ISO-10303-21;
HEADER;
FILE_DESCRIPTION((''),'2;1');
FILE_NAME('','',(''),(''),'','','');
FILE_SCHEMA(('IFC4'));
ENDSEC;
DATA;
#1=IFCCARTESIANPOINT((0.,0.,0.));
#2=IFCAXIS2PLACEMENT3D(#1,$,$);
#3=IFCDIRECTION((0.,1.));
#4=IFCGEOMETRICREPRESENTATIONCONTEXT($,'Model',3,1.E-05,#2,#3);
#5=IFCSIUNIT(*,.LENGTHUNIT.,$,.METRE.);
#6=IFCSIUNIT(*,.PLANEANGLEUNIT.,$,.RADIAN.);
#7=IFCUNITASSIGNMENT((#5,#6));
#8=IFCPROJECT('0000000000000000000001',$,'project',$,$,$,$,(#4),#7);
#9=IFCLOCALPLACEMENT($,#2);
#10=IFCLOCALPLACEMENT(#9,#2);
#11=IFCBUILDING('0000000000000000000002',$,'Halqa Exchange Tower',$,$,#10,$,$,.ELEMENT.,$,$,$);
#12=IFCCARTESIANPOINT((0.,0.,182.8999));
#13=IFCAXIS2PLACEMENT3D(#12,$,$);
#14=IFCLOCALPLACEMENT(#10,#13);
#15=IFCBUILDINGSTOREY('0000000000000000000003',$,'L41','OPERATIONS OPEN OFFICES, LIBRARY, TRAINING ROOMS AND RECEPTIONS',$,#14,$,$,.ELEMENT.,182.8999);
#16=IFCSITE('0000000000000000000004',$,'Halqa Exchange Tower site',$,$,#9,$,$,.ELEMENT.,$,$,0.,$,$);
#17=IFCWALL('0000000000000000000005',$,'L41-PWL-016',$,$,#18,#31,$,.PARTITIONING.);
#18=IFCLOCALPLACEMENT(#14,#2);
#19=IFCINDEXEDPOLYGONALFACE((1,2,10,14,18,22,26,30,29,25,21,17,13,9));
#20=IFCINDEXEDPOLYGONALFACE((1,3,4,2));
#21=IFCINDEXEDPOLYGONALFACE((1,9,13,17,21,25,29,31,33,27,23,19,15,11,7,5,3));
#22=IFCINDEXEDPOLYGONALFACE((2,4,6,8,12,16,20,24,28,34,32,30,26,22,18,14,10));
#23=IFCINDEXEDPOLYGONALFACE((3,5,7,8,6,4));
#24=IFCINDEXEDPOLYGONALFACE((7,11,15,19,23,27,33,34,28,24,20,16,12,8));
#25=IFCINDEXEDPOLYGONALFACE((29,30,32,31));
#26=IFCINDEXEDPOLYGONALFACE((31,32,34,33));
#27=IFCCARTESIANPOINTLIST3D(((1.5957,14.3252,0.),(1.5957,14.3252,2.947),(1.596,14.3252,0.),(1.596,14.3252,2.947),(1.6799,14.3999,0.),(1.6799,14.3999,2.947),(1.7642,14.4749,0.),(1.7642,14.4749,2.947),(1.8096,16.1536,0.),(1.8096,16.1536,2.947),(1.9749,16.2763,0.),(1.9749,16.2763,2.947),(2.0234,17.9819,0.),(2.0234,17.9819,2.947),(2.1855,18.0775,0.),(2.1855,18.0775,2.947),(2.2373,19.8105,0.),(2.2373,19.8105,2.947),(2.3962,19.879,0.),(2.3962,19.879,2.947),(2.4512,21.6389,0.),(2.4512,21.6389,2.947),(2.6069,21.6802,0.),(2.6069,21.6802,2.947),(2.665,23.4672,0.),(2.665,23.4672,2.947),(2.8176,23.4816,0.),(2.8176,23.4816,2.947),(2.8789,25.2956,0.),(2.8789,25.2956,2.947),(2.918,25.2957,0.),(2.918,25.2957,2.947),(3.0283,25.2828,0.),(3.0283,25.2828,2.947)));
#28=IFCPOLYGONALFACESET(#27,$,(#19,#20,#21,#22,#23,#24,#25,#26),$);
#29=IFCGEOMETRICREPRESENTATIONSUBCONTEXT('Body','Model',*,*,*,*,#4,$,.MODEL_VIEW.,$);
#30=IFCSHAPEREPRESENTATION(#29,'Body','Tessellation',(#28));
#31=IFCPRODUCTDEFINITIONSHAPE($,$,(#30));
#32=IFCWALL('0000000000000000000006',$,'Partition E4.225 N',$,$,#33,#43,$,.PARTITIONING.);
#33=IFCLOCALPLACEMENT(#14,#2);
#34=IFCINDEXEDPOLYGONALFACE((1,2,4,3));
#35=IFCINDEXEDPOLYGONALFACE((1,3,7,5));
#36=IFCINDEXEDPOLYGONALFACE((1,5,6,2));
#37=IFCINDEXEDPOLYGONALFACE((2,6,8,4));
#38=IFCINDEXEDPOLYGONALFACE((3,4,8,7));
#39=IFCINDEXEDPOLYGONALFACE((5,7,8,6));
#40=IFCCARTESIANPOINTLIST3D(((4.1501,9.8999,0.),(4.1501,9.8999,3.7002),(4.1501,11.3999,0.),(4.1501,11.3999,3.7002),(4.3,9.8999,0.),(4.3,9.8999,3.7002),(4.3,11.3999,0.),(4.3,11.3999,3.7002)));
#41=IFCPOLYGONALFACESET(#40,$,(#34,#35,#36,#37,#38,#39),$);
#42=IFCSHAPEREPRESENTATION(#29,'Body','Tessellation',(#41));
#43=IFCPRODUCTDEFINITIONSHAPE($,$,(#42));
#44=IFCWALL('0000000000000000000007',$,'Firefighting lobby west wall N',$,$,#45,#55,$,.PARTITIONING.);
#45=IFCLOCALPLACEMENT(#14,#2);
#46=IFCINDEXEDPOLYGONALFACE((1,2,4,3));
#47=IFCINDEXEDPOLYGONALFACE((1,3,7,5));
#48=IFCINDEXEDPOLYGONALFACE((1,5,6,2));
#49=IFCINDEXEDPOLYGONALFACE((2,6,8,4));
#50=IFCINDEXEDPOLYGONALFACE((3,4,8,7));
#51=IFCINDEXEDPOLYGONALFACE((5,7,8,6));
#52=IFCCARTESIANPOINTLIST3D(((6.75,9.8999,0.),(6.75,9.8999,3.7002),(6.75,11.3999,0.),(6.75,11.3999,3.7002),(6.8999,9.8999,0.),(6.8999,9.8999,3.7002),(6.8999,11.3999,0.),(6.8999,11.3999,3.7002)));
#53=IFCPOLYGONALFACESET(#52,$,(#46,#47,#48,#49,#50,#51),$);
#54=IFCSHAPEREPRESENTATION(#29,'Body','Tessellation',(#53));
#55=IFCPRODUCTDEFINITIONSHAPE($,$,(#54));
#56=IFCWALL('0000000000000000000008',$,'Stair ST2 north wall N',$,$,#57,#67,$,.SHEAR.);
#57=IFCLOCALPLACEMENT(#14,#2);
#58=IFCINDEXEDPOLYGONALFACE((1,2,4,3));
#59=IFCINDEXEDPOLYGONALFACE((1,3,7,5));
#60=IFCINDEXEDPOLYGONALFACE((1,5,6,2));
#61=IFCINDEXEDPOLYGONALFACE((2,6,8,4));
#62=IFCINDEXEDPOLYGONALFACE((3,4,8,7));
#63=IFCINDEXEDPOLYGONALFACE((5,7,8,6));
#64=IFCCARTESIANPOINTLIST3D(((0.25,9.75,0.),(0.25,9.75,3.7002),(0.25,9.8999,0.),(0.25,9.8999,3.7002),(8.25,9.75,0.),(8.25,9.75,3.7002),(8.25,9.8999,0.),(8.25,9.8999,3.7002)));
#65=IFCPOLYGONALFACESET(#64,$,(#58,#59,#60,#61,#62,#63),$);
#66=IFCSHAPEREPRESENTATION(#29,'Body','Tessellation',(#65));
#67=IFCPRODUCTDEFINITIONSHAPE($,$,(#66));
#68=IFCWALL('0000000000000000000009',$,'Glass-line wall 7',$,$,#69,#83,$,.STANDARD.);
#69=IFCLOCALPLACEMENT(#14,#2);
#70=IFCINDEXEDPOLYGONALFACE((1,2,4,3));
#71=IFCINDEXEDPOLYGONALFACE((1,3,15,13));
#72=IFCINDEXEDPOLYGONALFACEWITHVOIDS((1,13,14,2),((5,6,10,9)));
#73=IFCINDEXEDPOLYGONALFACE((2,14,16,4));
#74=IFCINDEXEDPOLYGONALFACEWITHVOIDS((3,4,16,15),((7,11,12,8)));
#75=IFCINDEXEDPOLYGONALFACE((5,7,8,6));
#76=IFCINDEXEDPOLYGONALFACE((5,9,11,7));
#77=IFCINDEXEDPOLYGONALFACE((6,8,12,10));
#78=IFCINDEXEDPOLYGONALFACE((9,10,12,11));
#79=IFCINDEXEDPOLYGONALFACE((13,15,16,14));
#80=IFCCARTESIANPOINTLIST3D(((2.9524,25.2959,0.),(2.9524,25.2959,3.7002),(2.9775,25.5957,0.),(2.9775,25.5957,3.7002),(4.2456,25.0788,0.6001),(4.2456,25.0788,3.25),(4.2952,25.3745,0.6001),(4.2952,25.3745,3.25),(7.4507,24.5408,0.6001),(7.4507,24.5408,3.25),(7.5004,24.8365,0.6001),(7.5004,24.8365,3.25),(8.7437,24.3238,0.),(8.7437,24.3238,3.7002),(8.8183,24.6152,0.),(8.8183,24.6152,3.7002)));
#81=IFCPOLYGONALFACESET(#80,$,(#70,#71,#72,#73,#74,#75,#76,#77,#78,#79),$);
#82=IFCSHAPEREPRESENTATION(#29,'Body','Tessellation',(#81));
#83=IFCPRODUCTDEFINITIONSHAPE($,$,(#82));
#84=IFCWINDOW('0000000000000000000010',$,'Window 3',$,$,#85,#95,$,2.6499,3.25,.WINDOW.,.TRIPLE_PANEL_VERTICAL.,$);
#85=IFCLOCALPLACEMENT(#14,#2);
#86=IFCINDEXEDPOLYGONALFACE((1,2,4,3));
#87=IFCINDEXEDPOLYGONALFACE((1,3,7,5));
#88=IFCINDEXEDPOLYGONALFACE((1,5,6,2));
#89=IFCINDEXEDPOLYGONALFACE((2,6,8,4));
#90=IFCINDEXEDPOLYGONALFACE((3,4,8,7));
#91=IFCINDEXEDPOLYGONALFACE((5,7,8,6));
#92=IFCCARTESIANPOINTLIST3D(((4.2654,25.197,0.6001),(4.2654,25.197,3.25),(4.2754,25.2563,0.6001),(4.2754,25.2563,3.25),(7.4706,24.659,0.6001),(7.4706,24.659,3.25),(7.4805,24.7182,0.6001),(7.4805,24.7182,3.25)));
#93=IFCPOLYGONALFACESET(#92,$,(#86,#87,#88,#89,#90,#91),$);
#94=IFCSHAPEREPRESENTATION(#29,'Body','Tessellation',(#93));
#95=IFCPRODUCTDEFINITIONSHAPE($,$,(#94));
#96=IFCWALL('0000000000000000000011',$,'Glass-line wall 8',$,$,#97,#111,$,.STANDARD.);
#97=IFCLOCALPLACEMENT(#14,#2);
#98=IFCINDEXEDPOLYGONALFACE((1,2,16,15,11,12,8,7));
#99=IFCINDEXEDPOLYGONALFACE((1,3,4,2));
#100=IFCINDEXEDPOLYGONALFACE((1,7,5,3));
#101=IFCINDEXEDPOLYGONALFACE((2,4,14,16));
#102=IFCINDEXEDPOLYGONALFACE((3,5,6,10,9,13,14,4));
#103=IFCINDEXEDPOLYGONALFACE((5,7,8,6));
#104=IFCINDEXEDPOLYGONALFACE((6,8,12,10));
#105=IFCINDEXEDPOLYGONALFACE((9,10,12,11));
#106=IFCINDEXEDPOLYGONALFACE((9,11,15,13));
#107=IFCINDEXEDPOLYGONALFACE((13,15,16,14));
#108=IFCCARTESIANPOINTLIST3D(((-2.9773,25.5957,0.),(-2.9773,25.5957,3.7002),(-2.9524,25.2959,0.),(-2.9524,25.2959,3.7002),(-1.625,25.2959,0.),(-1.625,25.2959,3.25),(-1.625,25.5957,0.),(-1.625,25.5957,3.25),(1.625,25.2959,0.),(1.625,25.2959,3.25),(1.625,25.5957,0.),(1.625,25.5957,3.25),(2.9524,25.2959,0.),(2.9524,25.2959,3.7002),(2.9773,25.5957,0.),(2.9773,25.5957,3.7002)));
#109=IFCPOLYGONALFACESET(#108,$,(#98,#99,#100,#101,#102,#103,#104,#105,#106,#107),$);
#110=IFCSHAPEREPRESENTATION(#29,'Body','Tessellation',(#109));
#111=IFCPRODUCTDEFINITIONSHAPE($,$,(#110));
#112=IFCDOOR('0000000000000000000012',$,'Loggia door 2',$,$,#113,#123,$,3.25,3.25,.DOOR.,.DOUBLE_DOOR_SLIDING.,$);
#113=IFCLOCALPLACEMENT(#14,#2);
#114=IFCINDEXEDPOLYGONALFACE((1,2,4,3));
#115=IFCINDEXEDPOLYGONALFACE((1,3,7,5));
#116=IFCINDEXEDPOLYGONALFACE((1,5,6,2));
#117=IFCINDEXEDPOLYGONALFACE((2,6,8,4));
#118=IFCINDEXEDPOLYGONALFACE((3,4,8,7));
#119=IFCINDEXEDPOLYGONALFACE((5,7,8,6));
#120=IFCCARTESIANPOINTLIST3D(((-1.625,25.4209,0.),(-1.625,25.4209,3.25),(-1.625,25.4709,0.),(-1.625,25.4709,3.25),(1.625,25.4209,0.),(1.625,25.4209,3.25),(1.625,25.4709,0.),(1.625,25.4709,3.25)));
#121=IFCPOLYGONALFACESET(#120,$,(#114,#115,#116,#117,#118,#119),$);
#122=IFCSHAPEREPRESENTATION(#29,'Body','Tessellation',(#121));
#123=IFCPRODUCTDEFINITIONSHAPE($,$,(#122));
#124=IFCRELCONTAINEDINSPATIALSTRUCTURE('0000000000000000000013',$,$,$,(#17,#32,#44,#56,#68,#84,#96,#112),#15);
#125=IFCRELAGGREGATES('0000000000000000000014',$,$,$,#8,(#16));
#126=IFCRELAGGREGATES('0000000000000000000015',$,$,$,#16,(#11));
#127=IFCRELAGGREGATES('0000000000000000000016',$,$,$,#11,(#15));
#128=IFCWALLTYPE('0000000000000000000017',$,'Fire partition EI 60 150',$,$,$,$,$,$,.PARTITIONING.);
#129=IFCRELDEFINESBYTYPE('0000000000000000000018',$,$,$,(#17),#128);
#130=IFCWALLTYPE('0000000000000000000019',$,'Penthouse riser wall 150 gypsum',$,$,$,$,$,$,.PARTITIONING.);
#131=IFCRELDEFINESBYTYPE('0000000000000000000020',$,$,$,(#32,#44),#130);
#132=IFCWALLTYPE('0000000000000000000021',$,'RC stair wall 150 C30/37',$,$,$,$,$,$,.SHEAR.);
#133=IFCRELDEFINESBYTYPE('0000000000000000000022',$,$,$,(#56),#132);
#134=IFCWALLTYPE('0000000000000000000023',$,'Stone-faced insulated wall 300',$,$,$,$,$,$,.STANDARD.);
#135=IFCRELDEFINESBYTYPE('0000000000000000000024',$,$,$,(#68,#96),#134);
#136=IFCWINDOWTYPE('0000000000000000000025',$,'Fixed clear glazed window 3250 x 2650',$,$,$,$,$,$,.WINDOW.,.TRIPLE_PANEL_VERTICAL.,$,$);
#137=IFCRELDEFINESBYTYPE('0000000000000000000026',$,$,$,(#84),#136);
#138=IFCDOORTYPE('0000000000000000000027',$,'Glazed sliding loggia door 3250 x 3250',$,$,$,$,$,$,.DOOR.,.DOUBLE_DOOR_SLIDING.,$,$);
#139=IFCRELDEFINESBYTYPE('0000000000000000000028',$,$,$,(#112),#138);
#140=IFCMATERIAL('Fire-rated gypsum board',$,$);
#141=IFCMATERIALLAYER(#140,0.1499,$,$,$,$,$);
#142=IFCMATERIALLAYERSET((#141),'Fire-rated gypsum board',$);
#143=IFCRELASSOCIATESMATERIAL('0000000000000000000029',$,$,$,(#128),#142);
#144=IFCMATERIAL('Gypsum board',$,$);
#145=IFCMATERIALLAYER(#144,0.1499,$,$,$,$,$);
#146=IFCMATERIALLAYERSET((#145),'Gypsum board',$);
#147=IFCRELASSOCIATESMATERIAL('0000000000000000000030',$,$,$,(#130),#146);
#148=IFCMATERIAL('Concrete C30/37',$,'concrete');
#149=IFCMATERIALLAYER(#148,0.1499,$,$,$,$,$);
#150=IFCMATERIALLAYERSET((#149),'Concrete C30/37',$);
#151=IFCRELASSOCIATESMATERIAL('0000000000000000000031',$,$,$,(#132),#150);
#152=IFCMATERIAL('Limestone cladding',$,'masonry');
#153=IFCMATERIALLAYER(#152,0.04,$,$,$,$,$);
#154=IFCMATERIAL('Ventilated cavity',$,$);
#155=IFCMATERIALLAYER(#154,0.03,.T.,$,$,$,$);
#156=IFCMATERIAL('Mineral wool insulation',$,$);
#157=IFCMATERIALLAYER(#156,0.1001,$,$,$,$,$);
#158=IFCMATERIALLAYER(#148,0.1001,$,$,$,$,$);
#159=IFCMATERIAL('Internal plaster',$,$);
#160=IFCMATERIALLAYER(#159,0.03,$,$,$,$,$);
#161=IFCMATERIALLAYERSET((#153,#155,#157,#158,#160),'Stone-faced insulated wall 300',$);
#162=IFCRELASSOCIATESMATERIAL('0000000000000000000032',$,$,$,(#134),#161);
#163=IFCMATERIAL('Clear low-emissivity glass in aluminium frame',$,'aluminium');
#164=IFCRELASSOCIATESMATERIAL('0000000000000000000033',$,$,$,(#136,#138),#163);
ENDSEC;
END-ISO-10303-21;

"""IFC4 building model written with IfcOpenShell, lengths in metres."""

from ifc_helpers import new_model, si_unit, direction, frame, frame_2d, origin, place, context, subcontext, project, spatial, polyline, rectangle, outline, extrude, material, layer, layer_set, type_object, element, fill, save


model = new_model("IFC4")

# Units and contexts
model_context = context("Model", 3, precision=1e-05, world=origin(), true_north=direction((0.0, 1.0)))
body_context = subcontext(model_context, "Body", "Model", "MODEL_VIEW")
ifc_project = project(units=[si_unit("LENGTHUNIT", "METRE"), si_unit("PLANEANGLEUNIT", "RADIAN")], contexts=[model_context])

# Site, building, storey
site_placement = place(None, origin())
site = spatial("IfcSite", under=ifc_project, at=site_placement, Name="Halqa Exchange Tower site", CompositionType="ELEMENT", RefElevation=0.0)
building_placement = place(site_placement, origin())
building = spatial("IfcBuilding", under=site, at=building_placement, Name="Halqa Exchange Tower", CompositionType="ELEMENT")
storey_placement = place(building_placement, frame((0.0, 0.0, 182.8999)))
storey = spatial("IfcBuildingStorey", under=building, at=storey_placement, Name="L41", Description="OPERATIONS OPEN OFFICES, LIBRARY, TRAINING ROOMS AND RECEPTIONS", CompositionType="ELEMENT", Elevation=182.8999)

# Shared definitions
ifc_material_1 = material(Name="Fire-rated gypsum board")
ifc_layer_1 = layer(ifc_material_1, 0.1499)
ifc_layer_set_1 = layer_set([ifc_layer_1], Name="Fire-rated gypsum board")
wall_type_1 = type_object("IfcWallType", Name="Fire partition EI 60 150", PredefinedType="PARTITIONING", material=ifc_layer_set_1)

# Walls
wall_1_placement = place(storey_placement, frame((2.9539, 25.2915, 0.0), z_axis=(0.0, 0.0, 1.0), x_axis=(-0.116172, -0.993229, 0.0)))
element("IfcWall", 1, at=wall_1_placement, inside=storey, type_object=wall_type_1, Name="L41-PWL-016", PredefinedType="PARTITIONING", context=body_context, shape_type="SweptSolid", body=[
    extrude(outline(polyline([(11.0498, -0.075), (11.0498, -0.0747), (10.9658, 0.0), (10.8816, 0.075), (9.0679, 0.075), (7.2544, 0.075), (5.4407, 0.075), (3.6272, 0.075), (1.8135, 0.075), (0.0, 0.075), (0.0, -0.0361), (0.0046, -0.075), (1.8455, -0.075), (3.6863, -0.075), (5.5271, -0.075), (7.3682, -0.075), (9.209, -0.075), (11.0498, -0.075)])), origin(), (0.0, 0.0, 1.0), 2.947),
])
ifc_material_2 = material(Name="Gypsum board")
ifc_layer_2 = layer(ifc_material_2, 0.1499)
ifc_layer_set_2 = layer_set([ifc_layer_2], Name="Gypsum board")
wall_type_2 = type_object("IfcWallType", Name="Penthouse riser wall 150 gypsum", PredefinedType="PARTITIONING", material=ifc_layer_set_2)
for number, where, z_axis, x_axis, name in (
    (2, (4.2251, 9.8999, 0.0), (0.0, 0.0, 1.0), (0.0, 1.0, 0.0), "Partition E4.225 N"),
    (3, (6.825, 9.8999, 0.0), (0.0, 0.0, 1.0), (0.0, 1.0, 0.0), "Firefighting lobby west wall N"),
):
    element("IfcWall", number, at=place(storey_placement, frame(where, z_axis=z_axis, x_axis=x_axis)), inside=storey, type_object=wall_type_2, Name=name, PredefinedType="PARTITIONING", context=body_context, shape_type="SweptSolid", body=[
        extrude(rectangle(XDim=1.5, YDim=0.1499, at=frame_2d((0.75, 0.0))), origin(), (0.0, 0.0, 1.0), 3.7002),
    ])
ifc_material_3 = material(Name="Concrete C30/37", Category="concrete")
ifc_layer_3 = layer(ifc_material_3, 0.1499)
ifc_layer_set_3 = layer_set([ifc_layer_3], Name="Concrete C30/37")
wall_type_3 = type_object("IfcWallType", Name="RC stair wall 150 C30/37", PredefinedType="SHEAR", material=ifc_layer_set_3)
wall_2_placement = place(storey_placement, frame((0.25, 9.825, 0.0), z_axis=(0.0, 0.0, 1.0), x_axis=(1.0, 0.0, 0.0)))
element("IfcWall", 4, at=wall_2_placement, inside=storey, type_object=wall_type_3, Name="Stair ST2 north wall N", PredefinedType="SHEAR", context=body_context, shape_type="SweptSolid", body=[
    extrude(rectangle(XDim=8.0, YDim=0.1499, at=frame_2d((4.0, 0.0))), origin(), (0.0, 0.0, 1.0), 3.7002),
])

# Wall, opening, window
ifc_material_4 = material(Name="Limestone cladding", Category="masonry")
ifc_layer_4 = layer(ifc_material_4, 0.04)
ifc_material_5 = material(Name="Ventilated cavity")
ifc_layer_5 = layer(ifc_material_5, 0.03, ventilated=True)
ifc_material_6 = material(Name="Mineral wool insulation")
ifc_layer_6 = layer(ifc_material_6, 0.1001)
ifc_layer_7 = layer(ifc_material_3, 0.1001)
ifc_material_7 = material(Name="Internal plaster")
ifc_layer_8 = layer(ifc_material_7, 0.03)
ifc_layer_set_4 = layer_set([ifc_layer_4, ifc_layer_5, ifc_layer_6, ifc_layer_7, ifc_layer_8], Name="Stone-faced insulated wall 300")
wall_type_4 = type_object("IfcWallType", Name="Stone-faced insulated wall 300", PredefinedType="STANDARD", material=ifc_layer_set_4)
wall_3_placement = place(storey_placement, frame((8.781, 24.4695, 0.0), z_axis=(0.0, 0.0, 1.0), x_axis=(-0.986202, 0.165547, 0.0)))
wall_3 = element("IfcWall", 5, at=wall_3_placement, inside=storey, type_object=wall_type_4, Name="Glass-line wall 7", PredefinedType="STANDARD", context=body_context, shape_type="SweptSolid", body=[
    extrude(outline(polyline([(-0.0127, -0.1499), (5.9099, -0.1499), (5.885, 0.1499), (0.0127, 0.1499), (-0.0127, -0.1499)])), origin(), (0.0, 0.0, 1.0), 3.7002),
])
opening_1_placement = place(wall_3_placement, frame((1.3237, 0.0, 0.6001)))
opening_1 = element("IfcOpeningElement", 6, at=opening_1_placement, cuts=wall_3, PredefinedType="OPENING", context=body_context, shape_type="SweptSolid", body=[
    extrude(rectangle(XDim=3.25, YDim=2.6499, at=frame_2d((1.625, 1.325))), frame((0.0, 0.1621, 0.0), z_axis=(0.0, -1.0, 0.0), x_axis=(1.0, 0.0, 0.0)), (0.0, 0.0, 1.0), 0.324),
])
ifc_material_8 = material(Name="Clear low-emissivity glass in aluminium frame", Category="aluminium")
window_type = type_object("IfcWindowType", Name="Fixed clear glazed window 3250 x 2650", PartitioningType="TRIPLE_PANEL_VERTICAL", PredefinedType="WINDOW", material=ifc_material_8)
window_placement = place(opening_1_placement, origin())
window = element("IfcWindow", 7, at=window_placement, inside=storey, type_object=window_type, Name="Window 3", OverallHeight=2.6499, OverallWidth=3.25, PartitioningType="TRIPLE_PANEL_VERTICAL", PredefinedType="WINDOW", context=body_context, shape_type="SweptSolid", body=[
    extrude(rectangle(XDim=3.25, YDim=2.6499, at=frame_2d((1.625, 1.325))), frame((0.0, 0.03, 0.0), z_axis=(0.0, -1.0, 0.0), x_axis=(1.0, 0.0, 0.0)), (0.0, 0.0, 1.0), 0.0601),
])
fill(opening_1, window)

# Wall, opening, door
wall_4_placement = place(storey_placement, frame((2.9648, 25.4458, 0.0), z_axis=(0.0, 0.0, 1.0), x_axis=(-1.0, 0.0, 0.0)))
wall_4 = element("IfcWall", 8, at=wall_4_placement, inside=storey, type_object=wall_type_4, Name="Glass-line wall 8", PredefinedType="STANDARD", context=body_context, shape_type="SweptSolid", body=[
    extrude(outline(polyline([(-0.0125, -0.1499), (5.9421, -0.1499), (5.9172, 0.1499), (0.0125, 0.1499), (-0.0125, -0.1499)])), origin(), (0.0, 0.0, 1.0), 3.7002),
])
opening_2_placement = place(wall_4_placement, frame((1.3398, 0.0, 0.0)))
opening_2 = element("IfcOpeningElement", 9, at=opening_2_placement, cuts=wall_4, PredefinedType="OPENING", context=body_context, shape_type="SweptSolid", body=[
    extrude(rectangle(XDim=3.25, YDim=3.25, at=frame_2d((1.625, 1.625))), frame((0.0, 0.1621, 0.0), z_axis=(0.0, -1.0, 0.0), x_axis=(1.0, 0.0, 0.0)), (0.0, 0.0, 1.0), 0.324),
])
door_type_1 = type_object("IfcDoorType", Name="Glazed sliding loggia door 3250 x 3250", OperationType="DOUBLE_DOOR_SLIDING", PredefinedType="DOOR", material=ifc_material_8)
door_1_placement = place(opening_2_placement, origin())
door_1 = element("IfcDoor", 10, at=door_1_placement, inside=storey, type_object=door_type_1, Name="Loggia door 2", OperationType="DOUBLE_DOOR_SLIDING", OverallHeight=3.25, OverallWidth=3.25, PredefinedType="DOOR", context=body_context, shape_type="SweptSolid", body=[
    extrude(rectangle(XDim=3.25, YDim=3.25, at=frame_2d((1.625, 1.625))), frame((0.0, 0.0249, 0.0), z_axis=(0.0, -1.0, 0.0), x_axis=(1.0, 0.0, 0.0)), (0.0, 0.0, 1.0), 0.05),
])
fill(opening_2, door_1)

save(model, "model.ifc")
